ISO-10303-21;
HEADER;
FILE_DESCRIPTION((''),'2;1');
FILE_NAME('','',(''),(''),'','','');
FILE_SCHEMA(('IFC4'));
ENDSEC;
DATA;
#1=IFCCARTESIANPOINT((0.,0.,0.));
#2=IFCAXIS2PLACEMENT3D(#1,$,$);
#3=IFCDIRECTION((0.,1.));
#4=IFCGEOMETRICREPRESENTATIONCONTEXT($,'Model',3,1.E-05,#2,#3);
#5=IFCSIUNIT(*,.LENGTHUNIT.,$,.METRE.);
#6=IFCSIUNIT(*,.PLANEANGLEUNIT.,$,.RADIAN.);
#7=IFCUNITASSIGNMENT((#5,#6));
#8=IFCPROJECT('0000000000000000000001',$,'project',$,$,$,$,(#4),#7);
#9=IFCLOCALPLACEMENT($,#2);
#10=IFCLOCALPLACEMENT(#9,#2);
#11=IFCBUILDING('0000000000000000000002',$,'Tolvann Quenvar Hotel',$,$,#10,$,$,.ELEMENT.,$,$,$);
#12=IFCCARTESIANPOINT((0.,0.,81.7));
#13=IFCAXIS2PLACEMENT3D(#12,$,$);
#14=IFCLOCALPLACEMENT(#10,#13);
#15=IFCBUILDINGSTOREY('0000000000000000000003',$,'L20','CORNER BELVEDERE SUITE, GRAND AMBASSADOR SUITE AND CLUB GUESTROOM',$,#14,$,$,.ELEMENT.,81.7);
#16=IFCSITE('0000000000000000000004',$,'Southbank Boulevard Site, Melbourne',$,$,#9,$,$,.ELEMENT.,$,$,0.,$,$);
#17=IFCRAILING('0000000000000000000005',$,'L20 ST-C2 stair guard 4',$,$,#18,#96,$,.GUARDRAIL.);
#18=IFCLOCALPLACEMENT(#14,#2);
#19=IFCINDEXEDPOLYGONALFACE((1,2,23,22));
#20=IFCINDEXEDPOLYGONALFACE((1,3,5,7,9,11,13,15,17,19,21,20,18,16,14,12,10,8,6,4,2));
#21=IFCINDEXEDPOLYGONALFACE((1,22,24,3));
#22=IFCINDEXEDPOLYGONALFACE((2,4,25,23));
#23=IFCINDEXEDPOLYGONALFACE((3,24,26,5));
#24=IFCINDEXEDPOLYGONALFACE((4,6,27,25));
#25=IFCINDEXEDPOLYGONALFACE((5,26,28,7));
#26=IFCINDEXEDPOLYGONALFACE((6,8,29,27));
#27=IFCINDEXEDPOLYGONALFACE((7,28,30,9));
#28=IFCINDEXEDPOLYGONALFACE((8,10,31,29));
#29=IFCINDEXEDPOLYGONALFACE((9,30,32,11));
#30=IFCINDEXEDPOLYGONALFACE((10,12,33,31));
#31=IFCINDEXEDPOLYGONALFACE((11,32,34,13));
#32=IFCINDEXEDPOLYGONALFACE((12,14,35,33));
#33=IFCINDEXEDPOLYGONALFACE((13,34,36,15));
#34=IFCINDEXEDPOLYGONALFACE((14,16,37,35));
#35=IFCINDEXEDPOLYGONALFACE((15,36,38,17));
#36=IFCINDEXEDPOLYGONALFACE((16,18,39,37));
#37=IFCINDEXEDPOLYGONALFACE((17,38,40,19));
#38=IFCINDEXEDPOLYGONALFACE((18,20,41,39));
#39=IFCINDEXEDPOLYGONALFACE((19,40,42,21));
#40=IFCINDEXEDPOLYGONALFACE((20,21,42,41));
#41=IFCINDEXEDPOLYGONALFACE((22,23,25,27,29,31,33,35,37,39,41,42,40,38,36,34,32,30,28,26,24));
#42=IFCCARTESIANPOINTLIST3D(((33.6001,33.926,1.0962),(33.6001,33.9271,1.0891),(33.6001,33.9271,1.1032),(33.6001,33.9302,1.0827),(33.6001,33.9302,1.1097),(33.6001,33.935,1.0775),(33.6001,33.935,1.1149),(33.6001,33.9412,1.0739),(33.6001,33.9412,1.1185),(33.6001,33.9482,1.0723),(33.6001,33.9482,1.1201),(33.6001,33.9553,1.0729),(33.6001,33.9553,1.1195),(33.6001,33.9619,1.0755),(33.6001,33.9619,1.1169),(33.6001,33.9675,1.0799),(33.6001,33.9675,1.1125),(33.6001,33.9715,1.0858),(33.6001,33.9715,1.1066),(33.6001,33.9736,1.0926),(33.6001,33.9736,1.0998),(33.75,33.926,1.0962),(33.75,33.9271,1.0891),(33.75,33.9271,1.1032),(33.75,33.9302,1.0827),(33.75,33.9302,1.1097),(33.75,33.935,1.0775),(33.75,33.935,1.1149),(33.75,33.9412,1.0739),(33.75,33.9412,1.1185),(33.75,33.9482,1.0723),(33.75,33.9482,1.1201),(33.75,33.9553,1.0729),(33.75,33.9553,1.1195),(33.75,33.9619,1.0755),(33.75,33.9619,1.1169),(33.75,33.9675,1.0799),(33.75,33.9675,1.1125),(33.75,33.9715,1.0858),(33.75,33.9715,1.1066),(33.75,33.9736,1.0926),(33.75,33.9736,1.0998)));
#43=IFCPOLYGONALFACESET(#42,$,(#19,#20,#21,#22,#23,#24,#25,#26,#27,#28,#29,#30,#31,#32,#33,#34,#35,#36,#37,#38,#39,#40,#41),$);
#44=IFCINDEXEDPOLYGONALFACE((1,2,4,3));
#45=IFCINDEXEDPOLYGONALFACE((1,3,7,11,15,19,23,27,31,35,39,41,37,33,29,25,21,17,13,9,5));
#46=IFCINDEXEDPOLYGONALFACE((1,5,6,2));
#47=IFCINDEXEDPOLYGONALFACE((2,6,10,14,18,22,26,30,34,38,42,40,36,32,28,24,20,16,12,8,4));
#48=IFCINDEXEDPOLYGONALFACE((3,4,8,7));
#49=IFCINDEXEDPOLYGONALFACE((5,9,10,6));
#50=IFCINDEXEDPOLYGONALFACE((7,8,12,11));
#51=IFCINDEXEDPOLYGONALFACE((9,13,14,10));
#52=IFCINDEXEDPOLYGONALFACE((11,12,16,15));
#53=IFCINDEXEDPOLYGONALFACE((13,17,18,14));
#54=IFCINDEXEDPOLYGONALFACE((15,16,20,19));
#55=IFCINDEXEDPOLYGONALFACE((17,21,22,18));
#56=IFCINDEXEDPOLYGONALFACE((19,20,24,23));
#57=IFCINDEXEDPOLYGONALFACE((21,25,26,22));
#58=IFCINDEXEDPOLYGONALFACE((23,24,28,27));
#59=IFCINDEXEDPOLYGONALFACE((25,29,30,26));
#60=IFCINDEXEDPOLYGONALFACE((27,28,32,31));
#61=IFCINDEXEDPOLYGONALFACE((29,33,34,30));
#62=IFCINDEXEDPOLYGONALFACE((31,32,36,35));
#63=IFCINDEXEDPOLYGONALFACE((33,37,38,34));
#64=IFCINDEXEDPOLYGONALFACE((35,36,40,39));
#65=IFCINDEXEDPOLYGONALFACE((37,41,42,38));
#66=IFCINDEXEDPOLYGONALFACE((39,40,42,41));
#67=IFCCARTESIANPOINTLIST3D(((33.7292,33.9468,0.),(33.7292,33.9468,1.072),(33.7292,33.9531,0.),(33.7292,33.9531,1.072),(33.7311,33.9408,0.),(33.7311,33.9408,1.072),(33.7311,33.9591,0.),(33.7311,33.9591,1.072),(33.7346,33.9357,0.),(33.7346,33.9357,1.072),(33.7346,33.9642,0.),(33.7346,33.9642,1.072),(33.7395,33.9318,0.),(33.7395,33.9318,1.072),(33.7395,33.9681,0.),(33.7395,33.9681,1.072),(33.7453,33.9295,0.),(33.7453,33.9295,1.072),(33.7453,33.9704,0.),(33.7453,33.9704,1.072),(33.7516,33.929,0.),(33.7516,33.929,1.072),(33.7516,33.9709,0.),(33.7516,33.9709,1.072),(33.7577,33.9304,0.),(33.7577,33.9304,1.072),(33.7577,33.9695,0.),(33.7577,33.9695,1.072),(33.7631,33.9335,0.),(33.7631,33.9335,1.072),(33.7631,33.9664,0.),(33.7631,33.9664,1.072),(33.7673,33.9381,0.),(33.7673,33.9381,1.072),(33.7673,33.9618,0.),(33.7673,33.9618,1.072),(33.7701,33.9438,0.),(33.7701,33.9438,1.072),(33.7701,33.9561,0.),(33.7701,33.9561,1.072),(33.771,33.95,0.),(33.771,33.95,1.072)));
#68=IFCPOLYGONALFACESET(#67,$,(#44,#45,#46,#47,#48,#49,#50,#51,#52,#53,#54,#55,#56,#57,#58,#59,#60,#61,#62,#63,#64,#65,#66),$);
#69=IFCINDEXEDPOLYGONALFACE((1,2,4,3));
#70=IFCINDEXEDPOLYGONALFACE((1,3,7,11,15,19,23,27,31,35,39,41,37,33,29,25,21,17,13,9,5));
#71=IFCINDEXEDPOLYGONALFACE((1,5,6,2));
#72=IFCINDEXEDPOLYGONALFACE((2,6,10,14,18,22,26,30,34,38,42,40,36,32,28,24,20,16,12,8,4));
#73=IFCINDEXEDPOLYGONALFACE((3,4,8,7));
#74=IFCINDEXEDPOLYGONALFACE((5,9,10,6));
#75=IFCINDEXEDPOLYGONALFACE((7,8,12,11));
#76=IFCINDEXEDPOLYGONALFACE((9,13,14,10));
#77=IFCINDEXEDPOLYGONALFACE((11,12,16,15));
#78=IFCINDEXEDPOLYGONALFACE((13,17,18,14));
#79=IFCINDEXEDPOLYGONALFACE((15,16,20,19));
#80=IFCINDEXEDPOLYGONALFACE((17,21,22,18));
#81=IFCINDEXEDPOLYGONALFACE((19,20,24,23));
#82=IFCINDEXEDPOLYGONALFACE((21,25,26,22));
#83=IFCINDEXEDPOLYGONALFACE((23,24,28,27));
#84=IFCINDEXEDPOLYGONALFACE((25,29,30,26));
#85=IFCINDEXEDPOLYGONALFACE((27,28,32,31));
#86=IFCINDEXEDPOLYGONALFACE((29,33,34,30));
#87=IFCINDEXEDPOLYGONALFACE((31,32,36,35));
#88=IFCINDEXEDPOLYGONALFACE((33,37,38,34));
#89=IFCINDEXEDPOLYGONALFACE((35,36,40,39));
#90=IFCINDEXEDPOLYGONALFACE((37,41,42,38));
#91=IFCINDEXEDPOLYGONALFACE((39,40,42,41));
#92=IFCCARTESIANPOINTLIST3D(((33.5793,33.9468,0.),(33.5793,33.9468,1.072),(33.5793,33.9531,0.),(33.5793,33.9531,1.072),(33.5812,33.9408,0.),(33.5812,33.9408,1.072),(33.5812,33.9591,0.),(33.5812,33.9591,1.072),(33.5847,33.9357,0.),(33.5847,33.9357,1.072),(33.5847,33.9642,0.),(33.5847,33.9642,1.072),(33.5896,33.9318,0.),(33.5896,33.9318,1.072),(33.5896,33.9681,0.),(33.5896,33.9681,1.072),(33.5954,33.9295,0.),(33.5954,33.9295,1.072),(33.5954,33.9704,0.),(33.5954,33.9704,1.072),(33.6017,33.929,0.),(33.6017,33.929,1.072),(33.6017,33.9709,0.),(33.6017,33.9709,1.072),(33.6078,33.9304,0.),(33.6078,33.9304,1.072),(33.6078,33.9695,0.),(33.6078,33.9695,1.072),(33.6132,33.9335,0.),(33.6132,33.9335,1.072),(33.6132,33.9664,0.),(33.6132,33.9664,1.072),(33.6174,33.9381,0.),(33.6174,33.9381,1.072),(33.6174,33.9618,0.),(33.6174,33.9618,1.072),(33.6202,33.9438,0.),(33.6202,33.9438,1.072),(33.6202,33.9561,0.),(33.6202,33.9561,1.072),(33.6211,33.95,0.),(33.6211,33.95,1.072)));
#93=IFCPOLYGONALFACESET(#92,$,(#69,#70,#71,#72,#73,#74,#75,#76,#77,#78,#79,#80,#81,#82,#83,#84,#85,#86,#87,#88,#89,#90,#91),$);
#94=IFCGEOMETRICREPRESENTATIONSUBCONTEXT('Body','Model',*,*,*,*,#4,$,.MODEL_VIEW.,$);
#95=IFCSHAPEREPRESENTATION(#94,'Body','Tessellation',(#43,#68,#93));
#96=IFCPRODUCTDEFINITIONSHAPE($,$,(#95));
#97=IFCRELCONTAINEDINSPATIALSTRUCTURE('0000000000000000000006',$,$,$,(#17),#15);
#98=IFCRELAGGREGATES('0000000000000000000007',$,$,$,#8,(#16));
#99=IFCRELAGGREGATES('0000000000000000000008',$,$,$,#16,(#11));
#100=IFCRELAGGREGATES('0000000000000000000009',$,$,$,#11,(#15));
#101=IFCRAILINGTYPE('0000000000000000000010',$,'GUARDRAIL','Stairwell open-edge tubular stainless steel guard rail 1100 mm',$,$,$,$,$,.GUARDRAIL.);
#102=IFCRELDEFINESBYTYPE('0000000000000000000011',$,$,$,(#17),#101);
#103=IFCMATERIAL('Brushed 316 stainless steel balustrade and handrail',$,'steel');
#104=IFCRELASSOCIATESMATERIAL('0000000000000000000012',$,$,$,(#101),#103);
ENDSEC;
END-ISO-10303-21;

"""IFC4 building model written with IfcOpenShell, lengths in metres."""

from ifc_helpers import new_model, si_unit, direction, frame, origin, origin_2d, place, context, subcontext, project, spatial, circle, extrude, material, type_object, element, save


model = new_model("IFC4")

# Units and contexts
model_context = context("Model", 3, precision=1e-05, world=origin(), true_north=direction((0.0, 1.0)))
body_context = subcontext(model_context, "Body", "Model", "MODEL_VIEW")
ifc_project = project(units=[si_unit("LENGTHUNIT", "METRE"), si_unit("PLANEANGLEUNIT", "RADIAN")], contexts=[model_context])

# Site, building, storey
site_placement = place(None, origin())
site = spatial("IfcSite", under=ifc_project, at=site_placement, Name="Southbank Boulevard Site, Melbourne", CompositionType="ELEMENT", RefElevation=0.0)
building_placement = place(site_placement, origin())
building = spatial("IfcBuilding", under=site, at=building_placement, Name="Tolvann Quenvar Hotel", CompositionType="ELEMENT")
storey_placement = place(building_placement, frame((0.0, 0.0, 81.7)))
storey = spatial("IfcBuildingStorey", under=building, at=storey_placement, Name="L20", Description="CORNER BELVEDERE SUITE, GRAND AMBASSADOR SUITE AND CLUB GUESTROOM", CompositionType="ELEMENT", Elevation=81.7)

# Railing
ifc_material_1 = material(Name="Brushed 316 stainless steel balustrade and handrail", Category="steel")
railing_type_1 = type_object("IfcRailingType", Name="GUARDRAIL", Description="Stairwell open-edge tubular stainless steel guard rail 1100 mm", PredefinedType="GUARDRAIL", material=ifc_material_1)
railing_1_placement = place(storey_placement, frame((33.75, 33.95, 0.0)))
element("IfcRailing", 1, at=railing_1_placement, inside=storey, type_object=railing_type_1, Name="L20 ST-C2 stair guard 4", PredefinedType="GUARDRAIL", context=body_context, shape_type="SweptSolid", body=[
    extrude(circle(Radius=0.0239, at=origin_2d()), frame((0.0, 0.0, 1.0962), z_axis=(-1.0, 0.0, 0.0), x_axis=(0.0, -1.0, 0.0)), (0.0, 0.0, 1.0), 0.1499),
    extrude(circle(Radius=0.021, at=origin_2d()), origin(), (0.0, 0.0, 1.0), 1.072),
    extrude(circle(Radius=0.021, at=origin_2d()), frame((-0.1499, 0.0, 0.0)), (0.0, 0.0, 1.0), 1.072),
])

save(model, "model.ifc")
